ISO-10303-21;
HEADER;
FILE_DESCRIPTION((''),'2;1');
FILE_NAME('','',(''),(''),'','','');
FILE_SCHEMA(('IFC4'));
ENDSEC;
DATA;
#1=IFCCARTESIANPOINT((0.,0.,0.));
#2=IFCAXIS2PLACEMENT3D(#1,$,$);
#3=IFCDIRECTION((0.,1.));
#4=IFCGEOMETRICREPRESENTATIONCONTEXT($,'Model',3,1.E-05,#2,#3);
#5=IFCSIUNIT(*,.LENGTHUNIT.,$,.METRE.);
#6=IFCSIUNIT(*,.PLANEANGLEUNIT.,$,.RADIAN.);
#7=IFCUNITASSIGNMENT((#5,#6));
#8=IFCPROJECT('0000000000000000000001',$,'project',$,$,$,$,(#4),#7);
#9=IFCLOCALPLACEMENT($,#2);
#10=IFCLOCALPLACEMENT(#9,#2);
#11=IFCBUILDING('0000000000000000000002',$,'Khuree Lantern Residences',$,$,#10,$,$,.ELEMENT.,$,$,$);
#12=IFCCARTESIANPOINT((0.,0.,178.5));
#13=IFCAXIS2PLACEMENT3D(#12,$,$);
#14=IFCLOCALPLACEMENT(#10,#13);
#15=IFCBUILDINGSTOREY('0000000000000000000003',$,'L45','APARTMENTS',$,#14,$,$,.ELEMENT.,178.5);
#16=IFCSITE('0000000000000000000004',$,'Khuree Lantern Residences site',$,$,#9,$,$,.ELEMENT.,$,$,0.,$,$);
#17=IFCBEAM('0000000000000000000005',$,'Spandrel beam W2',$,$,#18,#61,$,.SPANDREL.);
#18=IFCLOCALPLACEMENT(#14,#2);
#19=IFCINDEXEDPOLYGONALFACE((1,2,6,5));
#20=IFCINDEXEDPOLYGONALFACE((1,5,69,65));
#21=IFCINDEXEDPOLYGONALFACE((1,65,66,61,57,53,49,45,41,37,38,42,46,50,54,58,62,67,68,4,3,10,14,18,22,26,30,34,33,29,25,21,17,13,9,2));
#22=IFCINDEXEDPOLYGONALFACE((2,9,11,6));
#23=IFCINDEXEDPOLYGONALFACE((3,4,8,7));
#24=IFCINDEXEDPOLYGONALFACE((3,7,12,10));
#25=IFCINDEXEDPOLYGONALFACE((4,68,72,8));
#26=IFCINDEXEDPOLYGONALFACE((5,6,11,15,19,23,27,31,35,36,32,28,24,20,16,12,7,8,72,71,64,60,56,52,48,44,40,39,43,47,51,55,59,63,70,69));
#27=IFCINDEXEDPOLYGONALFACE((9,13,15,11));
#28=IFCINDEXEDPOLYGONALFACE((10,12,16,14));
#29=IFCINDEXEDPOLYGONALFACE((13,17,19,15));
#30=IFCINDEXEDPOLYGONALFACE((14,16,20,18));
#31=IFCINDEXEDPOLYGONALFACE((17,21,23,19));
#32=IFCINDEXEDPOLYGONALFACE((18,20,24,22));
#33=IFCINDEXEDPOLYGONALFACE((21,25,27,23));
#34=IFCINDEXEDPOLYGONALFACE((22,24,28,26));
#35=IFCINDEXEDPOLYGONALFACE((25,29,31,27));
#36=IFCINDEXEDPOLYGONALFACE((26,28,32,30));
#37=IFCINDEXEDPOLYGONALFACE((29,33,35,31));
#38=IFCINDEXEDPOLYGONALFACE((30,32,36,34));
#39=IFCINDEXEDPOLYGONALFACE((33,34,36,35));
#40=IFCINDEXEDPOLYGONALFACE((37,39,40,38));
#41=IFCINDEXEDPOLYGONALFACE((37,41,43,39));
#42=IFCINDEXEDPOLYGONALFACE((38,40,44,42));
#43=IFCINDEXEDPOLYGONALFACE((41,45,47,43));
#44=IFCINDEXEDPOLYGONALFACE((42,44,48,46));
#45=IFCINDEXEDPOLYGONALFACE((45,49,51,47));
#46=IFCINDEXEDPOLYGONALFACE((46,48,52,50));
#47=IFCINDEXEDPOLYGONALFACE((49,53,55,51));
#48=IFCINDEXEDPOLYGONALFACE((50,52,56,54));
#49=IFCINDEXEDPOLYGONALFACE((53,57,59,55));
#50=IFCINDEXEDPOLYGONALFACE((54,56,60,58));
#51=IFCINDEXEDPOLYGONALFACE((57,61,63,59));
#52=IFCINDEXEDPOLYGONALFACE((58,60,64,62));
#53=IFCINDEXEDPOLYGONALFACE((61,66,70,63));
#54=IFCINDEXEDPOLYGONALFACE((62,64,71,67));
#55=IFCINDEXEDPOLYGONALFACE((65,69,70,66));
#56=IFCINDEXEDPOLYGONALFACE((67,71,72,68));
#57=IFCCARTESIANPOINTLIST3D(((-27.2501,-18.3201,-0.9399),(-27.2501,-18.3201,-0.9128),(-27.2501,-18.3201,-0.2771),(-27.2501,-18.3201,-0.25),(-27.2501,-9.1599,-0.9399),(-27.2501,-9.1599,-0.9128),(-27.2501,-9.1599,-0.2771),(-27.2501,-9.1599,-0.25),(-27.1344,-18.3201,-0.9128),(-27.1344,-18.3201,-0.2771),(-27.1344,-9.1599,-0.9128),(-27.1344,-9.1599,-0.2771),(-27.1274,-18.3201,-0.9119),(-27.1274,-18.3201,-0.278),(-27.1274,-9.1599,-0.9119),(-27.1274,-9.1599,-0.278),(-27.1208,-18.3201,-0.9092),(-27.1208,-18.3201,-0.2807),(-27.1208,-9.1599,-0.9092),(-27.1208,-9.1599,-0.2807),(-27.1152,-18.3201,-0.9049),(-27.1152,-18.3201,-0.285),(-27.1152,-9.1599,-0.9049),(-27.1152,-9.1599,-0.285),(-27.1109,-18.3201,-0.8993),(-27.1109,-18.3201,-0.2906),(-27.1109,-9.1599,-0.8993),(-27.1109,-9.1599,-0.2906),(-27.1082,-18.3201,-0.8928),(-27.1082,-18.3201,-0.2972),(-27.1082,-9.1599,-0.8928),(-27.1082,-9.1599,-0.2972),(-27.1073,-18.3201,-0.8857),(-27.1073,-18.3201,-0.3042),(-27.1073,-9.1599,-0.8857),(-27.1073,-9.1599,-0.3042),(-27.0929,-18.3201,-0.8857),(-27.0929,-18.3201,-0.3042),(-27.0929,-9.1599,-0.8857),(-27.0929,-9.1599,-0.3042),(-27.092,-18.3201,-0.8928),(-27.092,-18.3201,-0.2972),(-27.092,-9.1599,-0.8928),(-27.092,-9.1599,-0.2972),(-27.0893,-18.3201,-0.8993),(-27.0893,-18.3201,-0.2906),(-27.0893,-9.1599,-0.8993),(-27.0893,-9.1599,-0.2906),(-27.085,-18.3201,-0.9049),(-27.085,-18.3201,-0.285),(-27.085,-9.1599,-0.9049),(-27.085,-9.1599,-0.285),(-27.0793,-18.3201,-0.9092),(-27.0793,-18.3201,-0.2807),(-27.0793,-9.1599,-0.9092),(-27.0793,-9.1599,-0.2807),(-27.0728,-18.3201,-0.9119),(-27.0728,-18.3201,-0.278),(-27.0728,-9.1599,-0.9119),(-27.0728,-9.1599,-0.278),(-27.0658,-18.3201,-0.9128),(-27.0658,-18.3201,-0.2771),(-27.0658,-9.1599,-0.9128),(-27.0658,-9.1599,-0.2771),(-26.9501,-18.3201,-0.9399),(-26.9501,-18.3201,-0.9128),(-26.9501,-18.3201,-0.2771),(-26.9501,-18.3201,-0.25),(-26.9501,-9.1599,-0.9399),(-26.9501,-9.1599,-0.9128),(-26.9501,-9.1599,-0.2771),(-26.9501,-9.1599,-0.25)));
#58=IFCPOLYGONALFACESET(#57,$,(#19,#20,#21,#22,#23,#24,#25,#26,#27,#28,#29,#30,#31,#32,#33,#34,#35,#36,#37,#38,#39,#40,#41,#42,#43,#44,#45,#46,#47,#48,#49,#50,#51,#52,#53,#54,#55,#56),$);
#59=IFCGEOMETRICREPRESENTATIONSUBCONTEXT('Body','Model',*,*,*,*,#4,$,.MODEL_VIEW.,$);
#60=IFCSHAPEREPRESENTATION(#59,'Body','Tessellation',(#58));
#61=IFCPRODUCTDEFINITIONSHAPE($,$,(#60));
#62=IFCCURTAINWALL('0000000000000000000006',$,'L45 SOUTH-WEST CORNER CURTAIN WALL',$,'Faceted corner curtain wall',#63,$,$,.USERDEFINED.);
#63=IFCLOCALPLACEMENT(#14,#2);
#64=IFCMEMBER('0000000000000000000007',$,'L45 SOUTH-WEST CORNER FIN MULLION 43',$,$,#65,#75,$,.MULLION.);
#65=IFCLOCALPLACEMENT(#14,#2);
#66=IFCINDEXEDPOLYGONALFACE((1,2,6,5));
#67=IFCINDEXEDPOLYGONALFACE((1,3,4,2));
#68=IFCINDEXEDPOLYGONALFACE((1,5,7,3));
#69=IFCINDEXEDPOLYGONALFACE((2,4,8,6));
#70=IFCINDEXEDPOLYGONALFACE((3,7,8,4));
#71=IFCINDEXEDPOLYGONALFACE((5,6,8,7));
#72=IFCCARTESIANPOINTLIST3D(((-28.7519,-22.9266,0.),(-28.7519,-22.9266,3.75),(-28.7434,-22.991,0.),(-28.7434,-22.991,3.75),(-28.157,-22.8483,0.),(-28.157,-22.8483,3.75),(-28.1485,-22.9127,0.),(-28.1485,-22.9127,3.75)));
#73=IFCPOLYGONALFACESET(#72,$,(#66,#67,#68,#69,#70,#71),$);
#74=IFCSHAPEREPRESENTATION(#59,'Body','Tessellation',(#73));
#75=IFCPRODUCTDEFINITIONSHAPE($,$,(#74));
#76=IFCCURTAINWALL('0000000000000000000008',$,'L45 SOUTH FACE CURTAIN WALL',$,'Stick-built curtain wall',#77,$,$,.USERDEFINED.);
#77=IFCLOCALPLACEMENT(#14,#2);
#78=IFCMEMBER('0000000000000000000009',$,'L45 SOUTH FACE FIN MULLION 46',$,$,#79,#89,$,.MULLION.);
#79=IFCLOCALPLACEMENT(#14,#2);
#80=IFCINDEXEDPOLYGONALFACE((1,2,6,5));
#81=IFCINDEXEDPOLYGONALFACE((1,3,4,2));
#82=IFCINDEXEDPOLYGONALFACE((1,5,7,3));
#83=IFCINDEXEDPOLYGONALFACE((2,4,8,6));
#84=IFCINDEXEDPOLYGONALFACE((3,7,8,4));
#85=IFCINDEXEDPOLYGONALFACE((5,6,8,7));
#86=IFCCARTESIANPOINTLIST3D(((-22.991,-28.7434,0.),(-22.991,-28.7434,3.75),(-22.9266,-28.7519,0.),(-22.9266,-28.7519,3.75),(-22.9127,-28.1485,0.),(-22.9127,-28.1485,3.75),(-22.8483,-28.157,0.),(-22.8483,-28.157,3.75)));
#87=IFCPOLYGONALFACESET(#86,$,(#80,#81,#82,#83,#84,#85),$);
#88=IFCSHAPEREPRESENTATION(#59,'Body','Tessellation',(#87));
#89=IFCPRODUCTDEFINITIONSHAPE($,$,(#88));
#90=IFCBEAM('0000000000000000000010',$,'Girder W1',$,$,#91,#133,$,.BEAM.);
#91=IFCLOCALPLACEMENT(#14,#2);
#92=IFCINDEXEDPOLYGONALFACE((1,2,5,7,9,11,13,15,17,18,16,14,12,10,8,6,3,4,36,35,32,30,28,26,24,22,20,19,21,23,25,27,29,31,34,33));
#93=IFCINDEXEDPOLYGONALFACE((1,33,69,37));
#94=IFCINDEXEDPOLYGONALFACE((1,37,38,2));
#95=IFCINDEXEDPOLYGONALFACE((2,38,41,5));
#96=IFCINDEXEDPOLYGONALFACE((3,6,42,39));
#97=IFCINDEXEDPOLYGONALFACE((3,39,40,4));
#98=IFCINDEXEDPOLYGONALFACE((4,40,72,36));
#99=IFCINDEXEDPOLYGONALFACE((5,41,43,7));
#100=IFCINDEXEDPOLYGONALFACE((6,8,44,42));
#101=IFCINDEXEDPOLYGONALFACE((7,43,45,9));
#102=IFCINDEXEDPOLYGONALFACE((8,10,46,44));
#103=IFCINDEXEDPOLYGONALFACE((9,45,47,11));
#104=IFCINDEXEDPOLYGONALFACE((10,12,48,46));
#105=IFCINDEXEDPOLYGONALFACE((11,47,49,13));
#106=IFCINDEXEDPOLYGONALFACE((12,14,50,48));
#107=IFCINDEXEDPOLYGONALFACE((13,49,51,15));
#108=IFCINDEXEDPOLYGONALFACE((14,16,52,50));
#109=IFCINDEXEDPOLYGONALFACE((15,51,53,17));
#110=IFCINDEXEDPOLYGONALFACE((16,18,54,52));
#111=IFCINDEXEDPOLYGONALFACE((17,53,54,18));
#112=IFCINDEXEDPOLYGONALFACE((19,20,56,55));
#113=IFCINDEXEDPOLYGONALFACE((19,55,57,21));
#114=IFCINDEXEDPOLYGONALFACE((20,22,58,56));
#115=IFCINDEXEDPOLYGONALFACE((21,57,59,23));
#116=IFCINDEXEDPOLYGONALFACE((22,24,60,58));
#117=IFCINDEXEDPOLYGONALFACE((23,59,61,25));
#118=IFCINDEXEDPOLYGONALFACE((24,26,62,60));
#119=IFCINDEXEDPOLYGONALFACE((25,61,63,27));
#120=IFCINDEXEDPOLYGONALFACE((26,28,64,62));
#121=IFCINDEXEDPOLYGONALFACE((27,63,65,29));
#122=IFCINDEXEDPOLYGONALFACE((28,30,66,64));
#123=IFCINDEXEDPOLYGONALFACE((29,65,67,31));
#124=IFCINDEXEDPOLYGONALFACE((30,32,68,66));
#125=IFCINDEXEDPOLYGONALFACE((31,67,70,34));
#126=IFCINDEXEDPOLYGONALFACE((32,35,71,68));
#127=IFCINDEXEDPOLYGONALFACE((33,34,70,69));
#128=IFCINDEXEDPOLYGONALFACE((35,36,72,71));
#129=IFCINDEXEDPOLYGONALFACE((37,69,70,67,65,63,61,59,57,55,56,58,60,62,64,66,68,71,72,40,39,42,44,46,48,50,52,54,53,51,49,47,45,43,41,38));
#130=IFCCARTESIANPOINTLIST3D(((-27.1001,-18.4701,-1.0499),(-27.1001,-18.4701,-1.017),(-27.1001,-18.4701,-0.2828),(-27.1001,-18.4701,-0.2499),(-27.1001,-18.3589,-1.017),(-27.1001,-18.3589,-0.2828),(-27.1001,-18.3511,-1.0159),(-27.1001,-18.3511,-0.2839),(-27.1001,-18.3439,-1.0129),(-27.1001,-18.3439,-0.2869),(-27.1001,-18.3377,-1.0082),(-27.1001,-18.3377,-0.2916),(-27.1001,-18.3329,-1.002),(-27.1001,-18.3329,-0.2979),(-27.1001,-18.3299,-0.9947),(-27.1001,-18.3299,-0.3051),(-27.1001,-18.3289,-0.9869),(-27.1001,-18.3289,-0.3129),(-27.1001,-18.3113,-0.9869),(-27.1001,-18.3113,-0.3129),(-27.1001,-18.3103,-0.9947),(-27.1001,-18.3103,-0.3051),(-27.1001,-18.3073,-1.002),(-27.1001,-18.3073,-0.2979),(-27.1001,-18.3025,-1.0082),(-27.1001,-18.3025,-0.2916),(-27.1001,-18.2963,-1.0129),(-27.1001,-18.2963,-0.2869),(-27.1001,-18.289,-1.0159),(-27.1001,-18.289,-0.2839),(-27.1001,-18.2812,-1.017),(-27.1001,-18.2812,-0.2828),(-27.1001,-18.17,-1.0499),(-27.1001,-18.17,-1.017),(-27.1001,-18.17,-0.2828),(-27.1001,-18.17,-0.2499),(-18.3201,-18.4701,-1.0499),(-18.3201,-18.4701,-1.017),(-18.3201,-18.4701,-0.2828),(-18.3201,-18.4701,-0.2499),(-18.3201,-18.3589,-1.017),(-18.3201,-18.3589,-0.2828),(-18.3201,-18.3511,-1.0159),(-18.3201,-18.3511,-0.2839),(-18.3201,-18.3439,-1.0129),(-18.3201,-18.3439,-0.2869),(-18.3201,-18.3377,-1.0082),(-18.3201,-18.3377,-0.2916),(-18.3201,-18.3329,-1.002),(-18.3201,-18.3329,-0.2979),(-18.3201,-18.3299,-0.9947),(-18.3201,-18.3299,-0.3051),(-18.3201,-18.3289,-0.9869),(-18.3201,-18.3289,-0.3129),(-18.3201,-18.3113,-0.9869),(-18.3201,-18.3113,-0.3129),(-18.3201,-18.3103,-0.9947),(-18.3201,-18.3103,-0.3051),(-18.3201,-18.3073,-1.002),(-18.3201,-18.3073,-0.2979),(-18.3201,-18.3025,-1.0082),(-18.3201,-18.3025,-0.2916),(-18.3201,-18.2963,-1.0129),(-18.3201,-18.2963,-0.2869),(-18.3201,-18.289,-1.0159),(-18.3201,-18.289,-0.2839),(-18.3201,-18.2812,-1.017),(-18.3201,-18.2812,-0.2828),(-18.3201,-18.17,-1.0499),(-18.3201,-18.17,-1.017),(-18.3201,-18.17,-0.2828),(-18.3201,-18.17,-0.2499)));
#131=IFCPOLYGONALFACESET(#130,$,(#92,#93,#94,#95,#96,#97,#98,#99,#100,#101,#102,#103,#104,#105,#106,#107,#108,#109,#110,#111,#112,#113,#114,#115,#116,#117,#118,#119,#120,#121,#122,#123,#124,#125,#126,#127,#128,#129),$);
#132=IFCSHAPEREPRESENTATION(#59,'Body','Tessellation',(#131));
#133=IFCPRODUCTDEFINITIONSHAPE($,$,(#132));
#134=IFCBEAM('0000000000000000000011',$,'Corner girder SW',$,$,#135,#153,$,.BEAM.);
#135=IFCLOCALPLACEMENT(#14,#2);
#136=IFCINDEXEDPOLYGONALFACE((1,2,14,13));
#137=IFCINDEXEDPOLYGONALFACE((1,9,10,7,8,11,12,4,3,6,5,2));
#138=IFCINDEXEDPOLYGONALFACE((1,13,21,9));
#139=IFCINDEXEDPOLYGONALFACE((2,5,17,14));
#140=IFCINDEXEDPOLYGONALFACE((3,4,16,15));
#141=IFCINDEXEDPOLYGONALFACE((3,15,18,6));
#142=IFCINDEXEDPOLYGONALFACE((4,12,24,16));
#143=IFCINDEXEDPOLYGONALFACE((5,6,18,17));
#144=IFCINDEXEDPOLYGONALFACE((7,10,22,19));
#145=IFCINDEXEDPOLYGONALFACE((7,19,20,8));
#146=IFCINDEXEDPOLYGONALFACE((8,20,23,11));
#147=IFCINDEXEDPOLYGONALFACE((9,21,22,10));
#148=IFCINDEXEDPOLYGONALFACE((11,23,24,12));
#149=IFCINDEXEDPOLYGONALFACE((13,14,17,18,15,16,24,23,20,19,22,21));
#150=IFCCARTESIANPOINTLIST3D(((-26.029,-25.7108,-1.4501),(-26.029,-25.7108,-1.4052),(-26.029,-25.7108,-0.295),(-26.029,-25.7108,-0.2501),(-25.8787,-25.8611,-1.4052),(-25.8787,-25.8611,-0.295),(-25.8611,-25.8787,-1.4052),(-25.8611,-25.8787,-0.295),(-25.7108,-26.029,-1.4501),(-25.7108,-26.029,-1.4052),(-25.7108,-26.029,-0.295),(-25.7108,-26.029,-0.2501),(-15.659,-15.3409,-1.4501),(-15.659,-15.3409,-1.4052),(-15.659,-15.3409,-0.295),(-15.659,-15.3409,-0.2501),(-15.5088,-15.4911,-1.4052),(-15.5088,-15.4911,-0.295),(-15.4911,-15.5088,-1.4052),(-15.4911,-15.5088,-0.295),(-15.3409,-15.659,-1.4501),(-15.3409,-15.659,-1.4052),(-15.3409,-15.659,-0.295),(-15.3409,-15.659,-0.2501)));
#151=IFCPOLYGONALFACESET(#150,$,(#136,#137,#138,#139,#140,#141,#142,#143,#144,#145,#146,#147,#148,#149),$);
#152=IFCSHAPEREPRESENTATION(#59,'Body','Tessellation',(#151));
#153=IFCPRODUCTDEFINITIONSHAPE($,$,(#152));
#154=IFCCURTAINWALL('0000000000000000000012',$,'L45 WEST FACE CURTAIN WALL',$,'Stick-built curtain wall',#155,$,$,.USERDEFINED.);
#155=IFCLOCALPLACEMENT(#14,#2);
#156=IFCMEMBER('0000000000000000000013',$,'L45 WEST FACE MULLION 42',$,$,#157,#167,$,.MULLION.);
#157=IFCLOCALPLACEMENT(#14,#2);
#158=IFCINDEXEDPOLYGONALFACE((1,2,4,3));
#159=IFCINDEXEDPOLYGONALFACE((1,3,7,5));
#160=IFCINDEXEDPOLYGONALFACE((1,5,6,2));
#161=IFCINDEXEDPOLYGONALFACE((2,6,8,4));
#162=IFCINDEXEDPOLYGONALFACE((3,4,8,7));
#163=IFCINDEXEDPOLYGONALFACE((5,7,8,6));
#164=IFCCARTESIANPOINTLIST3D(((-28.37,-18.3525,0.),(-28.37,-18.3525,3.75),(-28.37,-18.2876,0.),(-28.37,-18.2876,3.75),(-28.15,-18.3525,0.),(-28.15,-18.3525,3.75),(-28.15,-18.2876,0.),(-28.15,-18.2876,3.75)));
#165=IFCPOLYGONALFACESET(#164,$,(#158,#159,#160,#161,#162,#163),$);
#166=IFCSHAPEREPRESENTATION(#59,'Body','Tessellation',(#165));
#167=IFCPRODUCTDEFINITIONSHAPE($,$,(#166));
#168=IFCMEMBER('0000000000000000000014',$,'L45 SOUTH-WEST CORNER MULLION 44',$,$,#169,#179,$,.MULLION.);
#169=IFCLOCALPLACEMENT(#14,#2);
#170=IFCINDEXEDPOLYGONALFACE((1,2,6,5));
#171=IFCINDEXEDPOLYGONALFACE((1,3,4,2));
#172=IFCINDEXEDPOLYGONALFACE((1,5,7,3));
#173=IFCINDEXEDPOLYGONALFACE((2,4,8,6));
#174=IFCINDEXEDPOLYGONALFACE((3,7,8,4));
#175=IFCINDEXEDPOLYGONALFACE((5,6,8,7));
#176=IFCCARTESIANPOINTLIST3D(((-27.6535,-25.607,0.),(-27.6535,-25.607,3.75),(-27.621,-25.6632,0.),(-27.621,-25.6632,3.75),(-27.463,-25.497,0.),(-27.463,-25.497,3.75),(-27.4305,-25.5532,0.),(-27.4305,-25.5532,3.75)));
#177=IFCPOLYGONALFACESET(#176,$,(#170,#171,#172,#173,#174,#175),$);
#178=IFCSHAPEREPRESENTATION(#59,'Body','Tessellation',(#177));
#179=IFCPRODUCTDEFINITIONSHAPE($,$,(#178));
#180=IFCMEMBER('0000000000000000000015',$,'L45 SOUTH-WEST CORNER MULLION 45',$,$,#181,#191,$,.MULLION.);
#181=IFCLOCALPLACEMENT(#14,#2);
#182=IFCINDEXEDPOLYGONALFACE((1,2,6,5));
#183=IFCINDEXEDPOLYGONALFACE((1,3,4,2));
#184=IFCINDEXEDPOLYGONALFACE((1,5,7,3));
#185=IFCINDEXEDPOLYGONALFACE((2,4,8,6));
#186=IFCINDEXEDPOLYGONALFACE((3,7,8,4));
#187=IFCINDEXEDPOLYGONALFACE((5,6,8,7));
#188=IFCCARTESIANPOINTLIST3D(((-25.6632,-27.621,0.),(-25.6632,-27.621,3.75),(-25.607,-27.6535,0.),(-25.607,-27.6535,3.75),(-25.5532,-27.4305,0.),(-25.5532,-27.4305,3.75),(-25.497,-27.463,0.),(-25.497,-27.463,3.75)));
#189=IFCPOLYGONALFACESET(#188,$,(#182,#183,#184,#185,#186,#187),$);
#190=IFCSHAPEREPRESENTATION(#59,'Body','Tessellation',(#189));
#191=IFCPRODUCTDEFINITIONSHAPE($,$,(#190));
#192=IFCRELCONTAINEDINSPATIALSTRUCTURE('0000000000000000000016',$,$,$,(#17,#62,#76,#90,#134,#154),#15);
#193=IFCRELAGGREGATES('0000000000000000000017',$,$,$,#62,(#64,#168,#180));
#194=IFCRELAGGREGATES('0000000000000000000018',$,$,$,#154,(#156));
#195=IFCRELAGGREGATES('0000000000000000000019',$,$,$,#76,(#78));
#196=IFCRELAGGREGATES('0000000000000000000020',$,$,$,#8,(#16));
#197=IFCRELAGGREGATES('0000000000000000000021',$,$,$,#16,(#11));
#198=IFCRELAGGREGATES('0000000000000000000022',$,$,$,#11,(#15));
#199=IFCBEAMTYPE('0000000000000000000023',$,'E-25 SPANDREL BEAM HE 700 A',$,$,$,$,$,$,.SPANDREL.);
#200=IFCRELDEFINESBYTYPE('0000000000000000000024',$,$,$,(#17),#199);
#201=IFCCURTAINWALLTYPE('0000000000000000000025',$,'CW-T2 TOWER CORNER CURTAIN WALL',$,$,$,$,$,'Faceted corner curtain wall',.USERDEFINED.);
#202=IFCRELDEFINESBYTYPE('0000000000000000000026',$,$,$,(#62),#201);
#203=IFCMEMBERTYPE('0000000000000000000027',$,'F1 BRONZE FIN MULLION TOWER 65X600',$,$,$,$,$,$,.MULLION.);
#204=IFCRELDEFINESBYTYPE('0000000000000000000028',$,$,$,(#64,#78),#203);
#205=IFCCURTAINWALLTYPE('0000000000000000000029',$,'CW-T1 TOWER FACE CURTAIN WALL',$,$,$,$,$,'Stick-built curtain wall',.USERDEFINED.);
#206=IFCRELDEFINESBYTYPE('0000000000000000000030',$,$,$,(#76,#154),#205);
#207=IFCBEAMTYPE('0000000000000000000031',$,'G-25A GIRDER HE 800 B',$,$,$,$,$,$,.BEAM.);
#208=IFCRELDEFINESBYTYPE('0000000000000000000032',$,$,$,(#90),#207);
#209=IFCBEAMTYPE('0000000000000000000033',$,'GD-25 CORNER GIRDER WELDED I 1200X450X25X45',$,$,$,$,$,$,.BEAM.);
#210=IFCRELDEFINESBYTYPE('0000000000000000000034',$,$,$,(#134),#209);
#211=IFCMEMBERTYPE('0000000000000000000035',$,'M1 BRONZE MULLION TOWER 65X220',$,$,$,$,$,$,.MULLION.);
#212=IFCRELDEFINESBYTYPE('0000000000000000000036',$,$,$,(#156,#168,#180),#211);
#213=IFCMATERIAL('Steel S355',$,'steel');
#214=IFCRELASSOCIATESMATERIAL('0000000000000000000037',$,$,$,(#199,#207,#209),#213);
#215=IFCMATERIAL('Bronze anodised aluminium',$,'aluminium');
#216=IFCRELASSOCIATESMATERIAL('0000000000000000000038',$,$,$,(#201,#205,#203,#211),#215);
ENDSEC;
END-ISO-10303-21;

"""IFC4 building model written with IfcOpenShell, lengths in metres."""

from ifc_helpers import new_model, si_unit, direction, frame, origin, origin_2d, place, context, subcontext, project, spatial, rectangle, i_section, extrude, material, material_profile, profile_set, type_object, element, aggregate, save


model = new_model("IFC4")

# Units and contexts
model_context = context("Model", 3, precision=1e-05, world=origin(), true_north=direction((0.0, 1.0)))
body_context = subcontext(model_context, "Body", "Model", "MODEL_VIEW")
ifc_project = project(units=[si_unit("LENGTHUNIT", "METRE"), si_unit("PLANEANGLEUNIT", "RADIAN")], contexts=[model_context])

# Site, building, storey
site_placement = place(None, origin())
site = spatial("IfcSite", under=ifc_project, at=site_placement, Name="Khuree Lantern Residences site", CompositionType="ELEMENT", RefElevation=0.0)
building_placement = place(site_placement, origin())
building = spatial("IfcBuilding", under=site, at=building_placement, Name="Khuree Lantern Residences", CompositionType="ELEMENT")
storey_placement = place(building_placement, frame((0.0, 0.0, 178.5)))
storey = spatial("IfcBuildingStorey", under=building, at=storey_placement, Name="L45", Description="APARTMENTS", CompositionType="ELEMENT", Elevation=178.5)

# Beam
ifc_material_1 = material(Name="Steel S355", Category="steel")
ifc_material_profile_1 = material_profile(ifc_material_1, i_section(OverallWidth=0.3, OverallDepth=0.6899, WebThickness=0.0144, FlangeThickness=0.0271, FilletRadius=0.0271, at=origin_2d()), Name="HE 700 A")
ifc_profile_set_1 = profile_set([ifc_material_profile_1], Name="Steel S355")
beam_type_1 = type_object("IfcBeamType", Name="E-25 SPANDREL BEAM HE 700 A", PredefinedType="SPANDREL", material=ifc_profile_set_1)
beam_1_placement = place(storey_placement, frame((-27.1001, -18.3201, -0.595), z_axis=(0.0, 1.0, 0.0), x_axis=(-1.0, 0.0, 0.0)))
element("IfcBeam", 1, at=beam_1_placement, inside=storey, type_object=beam_type_1, Name="Spandrel beam W2", PredefinedType="SPANDREL", context=body_context, shape_type="SweptSolid", body=[
    extrude(i_section(OverallWidth=0.3, OverallDepth=0.6899, WebThickness=0.0144, FlangeThickness=0.0271, FilletRadius=0.0271, at=origin_2d()), origin(), (0.0, 0.0, 1.0), 9.1602),
])

# Curtain walls, members
ifc_material_2 = material(Name="Bronze anodised aluminium", Category="aluminium")
curtain_wall_type_1 = type_object("IfcCurtainWallType", Name="CW-T2 TOWER CORNER CURTAIN WALL", ElementType="Faceted corner curtain wall", PredefinedType="USERDEFINED", material=ifc_material_2)
curtain_wall_1_placement = place(storey_placement, origin())
curtain_wall_1 = element("IfcCurtainWall", 2, at=curtain_wall_1_placement, inside=storey, type_object=curtain_wall_type_1, Name="L45 SOUTH-WEST CORNER CURTAIN WALL", ObjectType="Faceted corner curtain wall", PredefinedType="USERDEFINED")
ifc_material_profile_2 = material_profile(ifc_material_2, rectangle(XDim=0.0649, YDim=0.6001, at=origin_2d()), Name="F1 65X600")
ifc_profile_set_2 = profile_set([ifc_material_profile_2], Name="Bronze anodised aluminium")
member_type_1 = type_object("IfcMemberType", Name="F1 BRONZE FIN MULLION TOWER 65X600", PredefinedType="MULLION", material=ifc_profile_set_2)
member_1_placement = place(storey_placement, frame((-28.4502, -22.9197, 0.0), z_axis=(0.0, 0.0, 1.0), x_axis=(0.130526, -0.991445, 0.0)))
member_1 = element("IfcMember", 3, at=member_1_placement, type_object=member_type_1, Name="L45 SOUTH-WEST CORNER FIN MULLION 43", PredefinedType="MULLION", context=body_context, shape_type="SweptSolid", body=[
    extrude(rectangle(XDim=0.0649, YDim=0.6001, at=origin_2d()), origin(), (0.0, 0.0, 1.0), 3.75),
])
curtain_wall_type_2 = type_object("IfcCurtainWallType", Name="CW-T1 TOWER FACE CURTAIN WALL", ElementType="Stick-built curtain wall", PredefinedType="USERDEFINED", material=ifc_material_2)
curtain_wall_2_placement = place(storey_placement, origin())
curtain_wall_2 = element("IfcCurtainWall", 4, at=curtain_wall_2_placement, inside=storey, type_object=curtain_wall_type_2, Name="L45 SOUTH FACE CURTAIN WALL", ObjectType="Stick-built curtain wall", PredefinedType="USERDEFINED")
member_2_placement = place(storey_placement, frame((-22.9197, -28.4502, 0.0), z_axis=(0.0, 0.0, 1.0), x_axis=(0.991445, -0.130526, 0.0)))
member_2 = element("IfcMember", 5, at=member_2_placement, type_object=member_type_1, Name="L45 SOUTH FACE FIN MULLION 46", PredefinedType="MULLION", context=body_context, shape_type="SweptSolid", body=[
    extrude(rectangle(XDim=0.0649, YDim=0.6001, at=origin_2d()), origin(), (0.0, 0.0, 1.0), 3.75),
])

# Beams
ifc_material_profile_3 = material_profile(ifc_material_1, i_section(OverallWidth=0.3, OverallDepth=0.8, WebThickness=0.0176, FlangeThickness=0.033, FilletRadius=0.03, at=origin_2d()), Name="HE 800 B")
ifc_profile_set_3 = profile_set([ifc_material_profile_3], Name="Steel S355")
beam_type_2 = type_object("IfcBeamType", Name="G-25A GIRDER HE 800 B", PredefinedType="BEAM", material=ifc_profile_set_3)
beam_2_placement = place(storey_placement, frame((-27.1001, -18.3201, -0.6499), z_axis=(1.0, 0.0, 0.0), x_axis=(0.0, 1.0, 0.0)))
element("IfcBeam", 6, at=beam_2_placement, inside=storey, type_object=beam_type_2, Name="Girder W1", PredefinedType="BEAM", context=body_context, shape_type="SweptSolid", body=[
    extrude(i_section(OverallWidth=0.3, OverallDepth=0.8, WebThickness=0.0176, FlangeThickness=0.033, FilletRadius=0.03, at=origin_2d()), origin(), (0.0, 0.0, 1.0), 8.78),
])
ifc_material_profile_4 = material_profile(ifc_material_1, i_section(OverallWidth=0.45, OverallDepth=1.2, WebThickness=0.0249, FlangeThickness=0.0449, at=origin_2d()), Name="WELDED I 1200X450X25X45")
ifc_profile_set_4 = profile_set([ifc_material_profile_4], Name="Steel S355")
beam_type_3 = type_object("IfcBeamType", Name="GD-25 CORNER GIRDER WELDED I 1200X450X25X45", PredefinedType="BEAM", material=ifc_profile_set_4)
beam_3_placement = place(storey_placement, frame((-25.8699, -25.8699, -0.8501), z_axis=(0.707107, 0.707107, 0.0), x_axis=(-0.707107, 0.707107, 0.0)))
element("IfcBeam", 7, at=beam_3_placement, inside=storey, type_object=beam_type_3, Name="Corner girder SW", PredefinedType="BEAM", context=body_context, shape_type="SweptSolid", body=[
    extrude(i_section(OverallWidth=0.45, OverallDepth=1.2, WebThickness=0.0249, FlangeThickness=0.0449, at=origin_2d()), origin(), (0.0, 0.0, 1.0), 14.6653),
])

# Curtain wall, member
curtain_wall_3_placement = place(storey_placement, origin())
curtain_wall_3 = element("IfcCurtainWall", 8, at=curtain_wall_3_placement, inside=storey, type_object=curtain_wall_type_2, Name="L45 WEST FACE CURTAIN WALL", ObjectType="Stick-built curtain wall", PredefinedType="USERDEFINED")
ifc_material_profile_5 = material_profile(ifc_material_2, rectangle(XDim=0.0649, YDim=0.22, at=origin_2d()), Name="M1 65X220")
ifc_profile_set_5 = profile_set([ifc_material_profile_5], Name="Bronze anodised aluminium")
member_type_2 = type_object("IfcMemberType", Name="M1 BRONZE MULLION TOWER 65X220", PredefinedType="MULLION", material=ifc_profile_set_5)
member_3_placement = place(storey_placement, frame((-28.26, -18.3201, 0.0), z_axis=(0.0, 0.0, 1.0), x_axis=(0.0, -1.0, 0.0)))
member_3 = element("IfcMember", 9, at=member_3_placement, type_object=member_type_2, Name="L45 WEST FACE MULLION 42", PredefinedType="MULLION", context=body_context, shape_type="SweptSolid", body=[
    extrude(rectangle(XDim=0.0649, YDim=0.22, at=origin_2d()), origin(), (0.0, 0.0, 1.0), 3.75),
])

# Members
member_4_placement = place(storey_placement, frame((-27.542, -25.5801, 0.0), z_axis=(0.0, 0.0, 1.0), x_axis=(0.5, -0.866025, 0.0)))
member_4 = element("IfcMember", 10, at=member_4_placement, type_object=member_type_2, Name="L45 SOUTH-WEST CORNER MULLION 44", PredefinedType="MULLION", context=body_context, shape_type="SweptSolid", body=[
    extrude(rectangle(XDim=0.0649, YDim=0.22, at=origin_2d()), origin(), (0.0, 0.0, 1.0), 3.75),
])
member_5_placement = place(storey_placement, frame((-25.5801, -27.542, 0.0), z_axis=(0.0, 0.0, 1.0), x_axis=(0.866025, -0.5, 0.0)))
member_5 = element("IfcMember", 11, at=member_5_placement, type_object=member_type_2, Name="L45 SOUTH-WEST CORNER MULLION 45", PredefinedType="MULLION", context=body_context, shape_type="SweptSolid", body=[
    extrude(rectangle(XDim=0.0649, YDim=0.22, at=origin_2d()), origin(), (0.0, 0.0, 1.0), 3.75),
])

aggregate(curtain_wall_1, [member_1, member_4, member_5])
aggregate(curtain_wall_3, [member_3])
aggregate(curtain_wall_2, [member_2])

save(model, "model.ifc")
